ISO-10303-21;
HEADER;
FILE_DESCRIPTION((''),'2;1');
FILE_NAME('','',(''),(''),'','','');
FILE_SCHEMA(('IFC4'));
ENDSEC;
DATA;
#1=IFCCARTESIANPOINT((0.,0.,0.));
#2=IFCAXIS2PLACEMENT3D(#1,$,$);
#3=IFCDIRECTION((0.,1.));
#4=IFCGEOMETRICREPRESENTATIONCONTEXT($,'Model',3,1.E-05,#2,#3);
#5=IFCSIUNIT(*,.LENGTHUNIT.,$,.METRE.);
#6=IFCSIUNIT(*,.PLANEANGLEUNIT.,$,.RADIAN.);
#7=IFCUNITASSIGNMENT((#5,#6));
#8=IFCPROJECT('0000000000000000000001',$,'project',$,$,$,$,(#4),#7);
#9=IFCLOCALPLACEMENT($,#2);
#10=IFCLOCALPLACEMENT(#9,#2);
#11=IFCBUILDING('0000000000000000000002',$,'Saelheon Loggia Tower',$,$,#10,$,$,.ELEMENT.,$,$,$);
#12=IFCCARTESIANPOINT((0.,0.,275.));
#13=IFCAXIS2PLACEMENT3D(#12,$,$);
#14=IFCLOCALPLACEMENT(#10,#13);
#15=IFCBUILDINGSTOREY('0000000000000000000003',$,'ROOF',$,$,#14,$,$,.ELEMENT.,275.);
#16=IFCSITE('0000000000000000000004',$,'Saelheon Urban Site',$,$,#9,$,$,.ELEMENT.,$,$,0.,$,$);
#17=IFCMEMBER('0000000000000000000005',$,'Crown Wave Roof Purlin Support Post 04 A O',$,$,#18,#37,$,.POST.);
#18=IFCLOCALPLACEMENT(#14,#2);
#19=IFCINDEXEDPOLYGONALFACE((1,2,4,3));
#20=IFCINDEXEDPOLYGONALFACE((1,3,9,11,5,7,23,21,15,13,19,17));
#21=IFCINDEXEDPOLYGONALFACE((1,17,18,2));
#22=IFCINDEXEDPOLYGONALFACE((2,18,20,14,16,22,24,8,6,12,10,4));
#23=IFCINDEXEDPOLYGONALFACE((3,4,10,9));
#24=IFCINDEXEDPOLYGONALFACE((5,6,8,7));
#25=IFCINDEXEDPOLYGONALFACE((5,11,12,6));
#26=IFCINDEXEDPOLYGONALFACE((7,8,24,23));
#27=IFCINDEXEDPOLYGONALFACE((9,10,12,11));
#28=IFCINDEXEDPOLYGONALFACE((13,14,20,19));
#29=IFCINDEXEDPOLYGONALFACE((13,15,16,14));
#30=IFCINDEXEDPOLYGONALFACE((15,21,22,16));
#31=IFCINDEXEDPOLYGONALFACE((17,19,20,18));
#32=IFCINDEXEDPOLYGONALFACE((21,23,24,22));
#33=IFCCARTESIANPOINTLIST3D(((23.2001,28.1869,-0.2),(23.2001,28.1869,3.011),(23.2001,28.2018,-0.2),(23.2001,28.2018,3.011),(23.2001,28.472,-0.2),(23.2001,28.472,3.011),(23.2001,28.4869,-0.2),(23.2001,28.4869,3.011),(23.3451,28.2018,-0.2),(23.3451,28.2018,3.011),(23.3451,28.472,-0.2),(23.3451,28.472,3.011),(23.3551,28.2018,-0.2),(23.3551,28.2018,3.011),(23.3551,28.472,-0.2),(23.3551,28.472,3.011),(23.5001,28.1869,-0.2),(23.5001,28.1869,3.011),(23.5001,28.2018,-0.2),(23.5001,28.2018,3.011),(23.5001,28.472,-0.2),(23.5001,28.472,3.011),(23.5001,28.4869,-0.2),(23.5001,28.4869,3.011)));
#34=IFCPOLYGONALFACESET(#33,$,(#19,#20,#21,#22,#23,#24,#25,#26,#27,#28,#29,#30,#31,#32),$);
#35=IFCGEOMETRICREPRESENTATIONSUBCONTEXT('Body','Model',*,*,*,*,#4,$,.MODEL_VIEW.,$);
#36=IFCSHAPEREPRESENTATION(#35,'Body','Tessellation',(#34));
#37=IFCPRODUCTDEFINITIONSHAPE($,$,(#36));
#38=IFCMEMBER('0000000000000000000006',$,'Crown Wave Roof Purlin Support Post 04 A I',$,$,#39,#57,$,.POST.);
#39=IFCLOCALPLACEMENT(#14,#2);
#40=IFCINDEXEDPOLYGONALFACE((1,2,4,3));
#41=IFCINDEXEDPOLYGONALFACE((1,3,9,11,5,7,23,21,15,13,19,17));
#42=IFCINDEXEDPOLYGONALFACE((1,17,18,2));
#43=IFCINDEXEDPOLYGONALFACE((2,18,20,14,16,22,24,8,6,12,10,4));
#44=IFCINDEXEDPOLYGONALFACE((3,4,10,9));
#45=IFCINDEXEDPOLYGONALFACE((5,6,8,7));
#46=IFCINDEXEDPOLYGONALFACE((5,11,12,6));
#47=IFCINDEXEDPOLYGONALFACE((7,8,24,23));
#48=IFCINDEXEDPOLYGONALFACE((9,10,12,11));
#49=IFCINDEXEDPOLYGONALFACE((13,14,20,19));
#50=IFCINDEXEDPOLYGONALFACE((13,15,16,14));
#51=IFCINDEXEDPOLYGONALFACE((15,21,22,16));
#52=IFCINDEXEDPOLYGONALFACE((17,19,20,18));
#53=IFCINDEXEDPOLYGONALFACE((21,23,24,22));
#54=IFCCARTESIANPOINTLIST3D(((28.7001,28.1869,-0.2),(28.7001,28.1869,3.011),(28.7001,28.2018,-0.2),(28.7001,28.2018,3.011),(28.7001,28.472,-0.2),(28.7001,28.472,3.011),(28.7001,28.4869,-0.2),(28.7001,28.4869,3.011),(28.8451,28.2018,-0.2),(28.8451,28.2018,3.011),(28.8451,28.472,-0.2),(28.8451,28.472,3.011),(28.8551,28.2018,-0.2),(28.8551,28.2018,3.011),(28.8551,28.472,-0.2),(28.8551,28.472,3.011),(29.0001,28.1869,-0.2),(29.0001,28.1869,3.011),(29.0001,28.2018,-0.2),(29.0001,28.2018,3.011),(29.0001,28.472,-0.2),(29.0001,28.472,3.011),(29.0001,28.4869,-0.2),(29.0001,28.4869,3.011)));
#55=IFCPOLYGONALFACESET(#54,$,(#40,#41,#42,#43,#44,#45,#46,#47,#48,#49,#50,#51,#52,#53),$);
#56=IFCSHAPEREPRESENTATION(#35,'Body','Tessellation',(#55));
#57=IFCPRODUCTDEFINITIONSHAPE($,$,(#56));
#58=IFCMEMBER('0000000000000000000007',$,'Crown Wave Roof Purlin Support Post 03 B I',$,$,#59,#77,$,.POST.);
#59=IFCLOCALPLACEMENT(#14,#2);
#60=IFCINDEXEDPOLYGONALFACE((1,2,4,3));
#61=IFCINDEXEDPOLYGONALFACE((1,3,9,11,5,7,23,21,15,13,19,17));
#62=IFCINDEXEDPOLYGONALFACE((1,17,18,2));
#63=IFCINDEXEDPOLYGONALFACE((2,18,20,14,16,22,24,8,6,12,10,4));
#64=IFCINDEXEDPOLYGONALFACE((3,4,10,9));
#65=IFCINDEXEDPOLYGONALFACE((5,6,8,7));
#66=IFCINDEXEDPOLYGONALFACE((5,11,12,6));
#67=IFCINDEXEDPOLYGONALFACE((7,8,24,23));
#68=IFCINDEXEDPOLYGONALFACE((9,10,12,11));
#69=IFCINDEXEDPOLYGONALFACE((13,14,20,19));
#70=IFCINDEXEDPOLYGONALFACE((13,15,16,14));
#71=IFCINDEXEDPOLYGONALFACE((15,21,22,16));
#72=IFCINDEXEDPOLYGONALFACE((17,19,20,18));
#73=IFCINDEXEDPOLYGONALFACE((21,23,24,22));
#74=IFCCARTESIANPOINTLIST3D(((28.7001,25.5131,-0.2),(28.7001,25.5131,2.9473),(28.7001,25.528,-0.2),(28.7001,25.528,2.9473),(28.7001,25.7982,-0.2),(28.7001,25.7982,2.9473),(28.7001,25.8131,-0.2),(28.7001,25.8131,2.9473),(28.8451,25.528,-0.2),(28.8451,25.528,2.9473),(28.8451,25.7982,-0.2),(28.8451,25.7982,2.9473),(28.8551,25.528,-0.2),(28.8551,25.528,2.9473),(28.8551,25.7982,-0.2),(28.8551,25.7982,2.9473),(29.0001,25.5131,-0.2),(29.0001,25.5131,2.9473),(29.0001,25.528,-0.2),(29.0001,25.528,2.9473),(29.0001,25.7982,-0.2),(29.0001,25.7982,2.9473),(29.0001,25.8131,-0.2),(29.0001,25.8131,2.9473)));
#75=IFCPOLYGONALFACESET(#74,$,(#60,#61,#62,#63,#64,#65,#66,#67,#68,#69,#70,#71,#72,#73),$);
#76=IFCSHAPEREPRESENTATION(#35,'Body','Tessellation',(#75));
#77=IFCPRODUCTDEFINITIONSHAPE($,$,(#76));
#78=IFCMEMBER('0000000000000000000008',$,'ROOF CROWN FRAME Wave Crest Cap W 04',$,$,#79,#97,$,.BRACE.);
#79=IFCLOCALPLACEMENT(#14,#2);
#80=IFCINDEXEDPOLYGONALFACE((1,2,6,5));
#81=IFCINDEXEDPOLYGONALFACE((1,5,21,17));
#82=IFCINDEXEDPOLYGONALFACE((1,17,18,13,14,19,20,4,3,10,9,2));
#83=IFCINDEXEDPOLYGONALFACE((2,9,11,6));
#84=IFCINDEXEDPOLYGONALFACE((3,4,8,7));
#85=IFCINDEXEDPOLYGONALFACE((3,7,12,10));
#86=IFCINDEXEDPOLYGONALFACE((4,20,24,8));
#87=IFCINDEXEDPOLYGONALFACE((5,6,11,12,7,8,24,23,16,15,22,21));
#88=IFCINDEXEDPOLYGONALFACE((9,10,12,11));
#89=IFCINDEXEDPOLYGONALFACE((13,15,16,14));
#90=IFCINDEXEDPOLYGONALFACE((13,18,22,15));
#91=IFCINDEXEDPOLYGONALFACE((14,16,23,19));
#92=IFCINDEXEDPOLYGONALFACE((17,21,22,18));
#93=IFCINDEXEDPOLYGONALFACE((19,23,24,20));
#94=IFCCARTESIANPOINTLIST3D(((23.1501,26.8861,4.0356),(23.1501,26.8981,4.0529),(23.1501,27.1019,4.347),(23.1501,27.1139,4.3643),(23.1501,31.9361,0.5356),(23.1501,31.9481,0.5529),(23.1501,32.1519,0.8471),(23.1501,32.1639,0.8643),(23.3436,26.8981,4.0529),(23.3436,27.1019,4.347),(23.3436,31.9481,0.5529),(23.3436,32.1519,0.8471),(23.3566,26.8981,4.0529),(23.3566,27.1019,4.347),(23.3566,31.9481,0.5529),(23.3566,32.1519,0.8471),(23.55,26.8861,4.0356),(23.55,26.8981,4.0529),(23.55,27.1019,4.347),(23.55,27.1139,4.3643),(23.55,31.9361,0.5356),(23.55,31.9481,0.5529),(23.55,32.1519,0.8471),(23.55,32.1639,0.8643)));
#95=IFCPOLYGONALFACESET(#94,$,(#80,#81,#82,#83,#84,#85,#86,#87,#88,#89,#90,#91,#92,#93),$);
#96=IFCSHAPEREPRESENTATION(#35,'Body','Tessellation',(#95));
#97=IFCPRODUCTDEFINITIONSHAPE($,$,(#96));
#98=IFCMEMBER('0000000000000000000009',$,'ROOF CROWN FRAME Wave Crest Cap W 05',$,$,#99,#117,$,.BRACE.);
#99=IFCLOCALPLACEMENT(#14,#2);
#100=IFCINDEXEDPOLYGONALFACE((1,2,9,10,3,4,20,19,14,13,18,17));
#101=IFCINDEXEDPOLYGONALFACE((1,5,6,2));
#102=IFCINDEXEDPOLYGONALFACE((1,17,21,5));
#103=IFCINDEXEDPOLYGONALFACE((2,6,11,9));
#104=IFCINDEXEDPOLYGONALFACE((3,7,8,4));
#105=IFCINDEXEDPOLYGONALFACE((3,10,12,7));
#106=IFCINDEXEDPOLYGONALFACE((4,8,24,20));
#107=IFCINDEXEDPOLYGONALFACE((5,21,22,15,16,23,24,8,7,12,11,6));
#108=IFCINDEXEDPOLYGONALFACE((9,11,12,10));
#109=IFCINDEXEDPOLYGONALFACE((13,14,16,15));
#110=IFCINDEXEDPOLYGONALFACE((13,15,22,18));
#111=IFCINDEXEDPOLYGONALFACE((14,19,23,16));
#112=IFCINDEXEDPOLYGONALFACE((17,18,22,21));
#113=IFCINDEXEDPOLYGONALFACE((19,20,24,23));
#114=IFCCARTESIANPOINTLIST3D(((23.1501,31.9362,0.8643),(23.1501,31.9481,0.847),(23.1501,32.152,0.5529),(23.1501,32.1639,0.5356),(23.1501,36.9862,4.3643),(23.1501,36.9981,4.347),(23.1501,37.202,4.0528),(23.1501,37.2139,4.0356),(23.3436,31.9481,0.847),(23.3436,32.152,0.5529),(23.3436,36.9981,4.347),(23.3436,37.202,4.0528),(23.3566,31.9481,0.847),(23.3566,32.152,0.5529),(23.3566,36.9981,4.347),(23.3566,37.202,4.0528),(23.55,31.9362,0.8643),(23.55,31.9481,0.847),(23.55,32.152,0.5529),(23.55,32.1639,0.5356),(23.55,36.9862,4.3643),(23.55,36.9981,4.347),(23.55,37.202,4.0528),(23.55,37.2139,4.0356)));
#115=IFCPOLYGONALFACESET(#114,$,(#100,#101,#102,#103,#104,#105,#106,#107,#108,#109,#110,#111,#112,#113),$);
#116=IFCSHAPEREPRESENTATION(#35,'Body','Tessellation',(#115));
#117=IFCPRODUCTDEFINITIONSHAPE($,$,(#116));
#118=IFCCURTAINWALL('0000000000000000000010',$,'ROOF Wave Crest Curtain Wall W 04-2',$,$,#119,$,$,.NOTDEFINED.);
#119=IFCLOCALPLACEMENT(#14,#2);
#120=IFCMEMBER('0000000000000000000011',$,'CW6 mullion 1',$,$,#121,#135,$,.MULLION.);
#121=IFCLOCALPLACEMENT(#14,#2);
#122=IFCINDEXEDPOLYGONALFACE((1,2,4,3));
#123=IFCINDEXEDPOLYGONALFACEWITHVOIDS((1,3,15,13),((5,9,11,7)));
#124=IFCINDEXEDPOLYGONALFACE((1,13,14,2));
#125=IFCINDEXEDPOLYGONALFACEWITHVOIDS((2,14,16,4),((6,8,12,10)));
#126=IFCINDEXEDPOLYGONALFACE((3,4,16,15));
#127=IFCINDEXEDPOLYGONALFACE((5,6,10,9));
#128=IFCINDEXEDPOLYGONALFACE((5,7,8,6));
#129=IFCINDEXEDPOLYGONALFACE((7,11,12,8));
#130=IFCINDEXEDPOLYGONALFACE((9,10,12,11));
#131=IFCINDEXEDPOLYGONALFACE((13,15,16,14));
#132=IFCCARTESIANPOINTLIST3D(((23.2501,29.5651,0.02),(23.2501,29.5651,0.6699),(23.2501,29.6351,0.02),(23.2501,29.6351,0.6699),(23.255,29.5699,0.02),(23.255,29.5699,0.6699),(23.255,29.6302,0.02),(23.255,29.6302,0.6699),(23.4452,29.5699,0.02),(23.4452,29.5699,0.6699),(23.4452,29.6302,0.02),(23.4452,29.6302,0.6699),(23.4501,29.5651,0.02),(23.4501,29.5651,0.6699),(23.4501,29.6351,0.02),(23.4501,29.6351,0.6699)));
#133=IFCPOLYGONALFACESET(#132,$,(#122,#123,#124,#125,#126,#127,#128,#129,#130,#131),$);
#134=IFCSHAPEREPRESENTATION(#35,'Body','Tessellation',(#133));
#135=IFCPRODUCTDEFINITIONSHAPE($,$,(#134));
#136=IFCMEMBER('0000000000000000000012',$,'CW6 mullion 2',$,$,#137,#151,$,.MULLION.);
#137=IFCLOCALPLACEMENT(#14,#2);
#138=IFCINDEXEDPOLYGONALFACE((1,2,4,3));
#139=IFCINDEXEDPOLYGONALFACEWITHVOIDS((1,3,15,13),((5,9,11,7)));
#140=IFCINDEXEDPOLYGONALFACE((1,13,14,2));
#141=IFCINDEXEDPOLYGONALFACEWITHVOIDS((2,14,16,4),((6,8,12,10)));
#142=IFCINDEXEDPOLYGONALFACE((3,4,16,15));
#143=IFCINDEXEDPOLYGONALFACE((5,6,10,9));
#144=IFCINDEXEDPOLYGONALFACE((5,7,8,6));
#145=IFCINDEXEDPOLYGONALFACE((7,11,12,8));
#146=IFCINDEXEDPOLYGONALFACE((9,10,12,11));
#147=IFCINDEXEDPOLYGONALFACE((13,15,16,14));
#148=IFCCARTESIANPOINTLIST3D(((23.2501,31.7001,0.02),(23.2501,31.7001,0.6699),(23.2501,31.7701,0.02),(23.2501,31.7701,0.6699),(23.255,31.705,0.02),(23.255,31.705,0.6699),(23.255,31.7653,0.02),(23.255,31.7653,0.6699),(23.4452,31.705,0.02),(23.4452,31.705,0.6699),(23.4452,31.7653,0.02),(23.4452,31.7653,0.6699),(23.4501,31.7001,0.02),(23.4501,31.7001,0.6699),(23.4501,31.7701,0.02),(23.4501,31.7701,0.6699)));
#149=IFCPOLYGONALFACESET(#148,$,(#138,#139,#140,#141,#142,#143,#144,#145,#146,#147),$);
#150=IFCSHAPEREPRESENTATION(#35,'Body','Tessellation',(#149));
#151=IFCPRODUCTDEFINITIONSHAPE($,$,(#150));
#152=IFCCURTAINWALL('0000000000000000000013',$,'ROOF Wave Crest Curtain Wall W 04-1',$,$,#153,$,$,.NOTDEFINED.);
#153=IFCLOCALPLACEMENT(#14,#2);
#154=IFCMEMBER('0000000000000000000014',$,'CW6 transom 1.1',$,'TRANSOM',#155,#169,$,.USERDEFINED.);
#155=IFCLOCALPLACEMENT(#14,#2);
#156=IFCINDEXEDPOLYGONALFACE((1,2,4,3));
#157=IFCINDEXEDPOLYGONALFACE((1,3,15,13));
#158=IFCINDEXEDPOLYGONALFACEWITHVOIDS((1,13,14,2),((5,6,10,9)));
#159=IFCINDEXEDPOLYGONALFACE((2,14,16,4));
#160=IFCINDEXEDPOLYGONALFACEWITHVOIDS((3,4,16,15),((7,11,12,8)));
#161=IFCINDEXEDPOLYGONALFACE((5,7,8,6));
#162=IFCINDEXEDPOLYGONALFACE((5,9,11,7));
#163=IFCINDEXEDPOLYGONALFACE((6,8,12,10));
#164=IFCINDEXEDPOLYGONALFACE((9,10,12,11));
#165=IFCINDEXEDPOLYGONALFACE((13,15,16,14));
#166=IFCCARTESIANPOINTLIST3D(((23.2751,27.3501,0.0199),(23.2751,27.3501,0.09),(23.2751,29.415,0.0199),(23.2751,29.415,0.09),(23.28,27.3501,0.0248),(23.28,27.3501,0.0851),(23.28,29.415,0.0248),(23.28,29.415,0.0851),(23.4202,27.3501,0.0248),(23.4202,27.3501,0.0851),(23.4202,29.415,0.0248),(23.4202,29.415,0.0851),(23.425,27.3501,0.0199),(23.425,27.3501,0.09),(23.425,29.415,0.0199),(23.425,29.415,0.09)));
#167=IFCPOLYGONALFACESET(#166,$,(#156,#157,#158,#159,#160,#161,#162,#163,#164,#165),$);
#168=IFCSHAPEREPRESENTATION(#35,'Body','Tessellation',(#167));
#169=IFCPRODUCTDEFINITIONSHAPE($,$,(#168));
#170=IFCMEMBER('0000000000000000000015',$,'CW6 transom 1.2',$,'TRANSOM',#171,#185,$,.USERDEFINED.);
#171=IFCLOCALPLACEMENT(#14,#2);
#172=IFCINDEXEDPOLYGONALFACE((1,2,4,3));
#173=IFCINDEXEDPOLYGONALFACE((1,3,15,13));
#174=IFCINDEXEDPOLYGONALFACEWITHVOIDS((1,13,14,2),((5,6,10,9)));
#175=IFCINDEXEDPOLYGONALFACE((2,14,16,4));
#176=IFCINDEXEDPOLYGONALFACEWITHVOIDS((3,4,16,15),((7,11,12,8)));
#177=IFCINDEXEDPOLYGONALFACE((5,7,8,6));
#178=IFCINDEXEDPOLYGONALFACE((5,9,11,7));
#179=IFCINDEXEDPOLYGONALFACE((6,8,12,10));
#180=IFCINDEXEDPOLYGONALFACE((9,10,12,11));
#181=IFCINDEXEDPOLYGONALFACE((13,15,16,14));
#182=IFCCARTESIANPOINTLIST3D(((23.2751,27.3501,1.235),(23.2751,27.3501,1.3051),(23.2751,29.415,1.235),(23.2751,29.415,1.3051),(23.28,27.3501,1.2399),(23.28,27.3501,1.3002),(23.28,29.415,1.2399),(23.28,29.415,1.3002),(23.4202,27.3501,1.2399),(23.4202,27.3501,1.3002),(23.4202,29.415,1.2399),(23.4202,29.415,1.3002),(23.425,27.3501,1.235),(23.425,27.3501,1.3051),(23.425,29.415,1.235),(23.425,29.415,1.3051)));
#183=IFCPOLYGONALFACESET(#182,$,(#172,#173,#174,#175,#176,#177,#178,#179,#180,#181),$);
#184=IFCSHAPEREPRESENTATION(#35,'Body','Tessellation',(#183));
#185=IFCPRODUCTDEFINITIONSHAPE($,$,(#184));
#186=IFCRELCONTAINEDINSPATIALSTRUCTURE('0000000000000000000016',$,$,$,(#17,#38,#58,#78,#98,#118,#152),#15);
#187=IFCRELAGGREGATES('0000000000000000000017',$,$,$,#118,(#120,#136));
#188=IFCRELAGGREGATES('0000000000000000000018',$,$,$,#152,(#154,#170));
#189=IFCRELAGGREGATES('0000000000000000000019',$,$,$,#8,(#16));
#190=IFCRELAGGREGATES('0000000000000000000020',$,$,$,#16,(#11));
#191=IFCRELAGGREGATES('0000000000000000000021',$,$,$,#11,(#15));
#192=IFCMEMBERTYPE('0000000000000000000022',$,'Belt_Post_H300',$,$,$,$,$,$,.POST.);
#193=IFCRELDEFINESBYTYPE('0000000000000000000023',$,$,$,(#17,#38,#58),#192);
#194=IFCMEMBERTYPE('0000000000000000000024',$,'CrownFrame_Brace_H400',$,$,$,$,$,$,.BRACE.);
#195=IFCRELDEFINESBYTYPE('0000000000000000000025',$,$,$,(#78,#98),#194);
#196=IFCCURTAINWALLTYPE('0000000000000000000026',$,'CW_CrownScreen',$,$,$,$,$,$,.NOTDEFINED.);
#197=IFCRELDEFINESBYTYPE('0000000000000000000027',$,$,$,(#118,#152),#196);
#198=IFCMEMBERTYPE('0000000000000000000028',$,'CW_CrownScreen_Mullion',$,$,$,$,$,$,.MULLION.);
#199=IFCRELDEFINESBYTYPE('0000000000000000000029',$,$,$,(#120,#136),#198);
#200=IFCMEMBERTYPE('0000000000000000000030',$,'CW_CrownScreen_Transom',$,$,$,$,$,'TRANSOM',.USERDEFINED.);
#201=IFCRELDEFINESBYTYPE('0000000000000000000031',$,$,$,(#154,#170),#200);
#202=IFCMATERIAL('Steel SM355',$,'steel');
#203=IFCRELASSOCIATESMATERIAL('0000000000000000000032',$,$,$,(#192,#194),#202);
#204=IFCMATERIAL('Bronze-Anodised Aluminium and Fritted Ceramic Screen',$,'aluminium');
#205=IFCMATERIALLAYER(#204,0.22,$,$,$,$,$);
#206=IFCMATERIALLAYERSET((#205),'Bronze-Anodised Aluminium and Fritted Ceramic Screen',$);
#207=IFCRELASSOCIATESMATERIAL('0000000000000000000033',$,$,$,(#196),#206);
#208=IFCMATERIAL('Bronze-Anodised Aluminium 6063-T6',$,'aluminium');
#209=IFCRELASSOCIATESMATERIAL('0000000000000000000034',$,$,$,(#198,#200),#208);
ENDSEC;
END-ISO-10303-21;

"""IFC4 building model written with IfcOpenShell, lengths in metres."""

from ifc_helpers import new_model, si_unit, direction, frame, origin, origin_2d, place, context, subcontext, project, spatial, hollow_rectangle, i_section, extrude, source, transform, mapped, material, layer, layer_set, material_profile, profile_set, type_object, element, aggregate, save


model = new_model("IFC4")

# Units and contexts
model_context = context("Model", 3, precision=1e-05, world=origin(), true_north=direction((0.0, 1.0)))
body_context = subcontext(model_context, "Body", "Model", "MODEL_VIEW")
ifc_project = project(units=[si_unit("LENGTHUNIT", "METRE"), si_unit("PLANEANGLEUNIT", "RADIAN")], contexts=[model_context])

# Site, building, storey
site_placement = place(None, origin())
site = spatial("IfcSite", under=ifc_project, at=site_placement, Name="Saelheon Urban Site", CompositionType="ELEMENT", RefElevation=0.0)
building_placement = place(site_placement, origin())
building = spatial("IfcBuilding", under=site, at=building_placement, Name="Saelheon Loggia Tower", CompositionType="ELEMENT")
storey_placement = place(building_placement, frame((0.0, 0.0, 275.0)))
storey = spatial("IfcBuildingStorey", under=building, at=storey_placement, Name="ROOF", CompositionType="ELEMENT", Elevation=275.0)

# Members
ifc_material_1 = material(Name="Steel SM355", Category="steel")
ifc_material_profile_1 = material_profile(ifc_material_1, i_section(OverallWidth=0.3, OverallDepth=0.3, WebThickness=0.01, FlangeThickness=0.0149, at=origin_2d()), Name="H-300x300x10x15")
ifc_profile_set_1 = profile_set([ifc_material_profile_1], Name="Steel SM355")
member_type_1 = type_object("IfcMemberType", Name="Belt_Post_H300", PredefinedType="POST", material=ifc_profile_set_1)
shared_shape_1 = source(origin(), body_context, "Body", "SweptSolid", [
    extrude(i_section(OverallWidth=0.3, OverallDepth=0.3, WebThickness=0.01, FlangeThickness=0.0149, at=origin_2d()), origin(), (0.0, 0.0, 1.0), 3.2109),
])
for number, where, z_axis, x_axis, name in (
    (1, (23.3501, 28.3369, -0.2), (0.0, 0.0, 1.0), (1.0, 0.0, 0.0), "Crown Wave Roof Purlin Support Post 04 A O"),
    (2, (28.8501, 28.3369, -0.2), (0.0, 0.0, 1.0), (1.0, 0.0, 0.0), "Crown Wave Roof Purlin Support Post 04 A I"),
):
    element("IfcMember", number, at=place(storey_placement, frame(where, z_axis=z_axis, x_axis=x_axis)), inside=storey, type_object=member_type_1, Name=name, PredefinedType="POST", context=body_context, shape_type="MappedRepresentation", body=[
        mapped(shared_shape_1, transform((0.0, 0.0, 0.0), scale=1.0)),
    ])
shared_shape_2 = source(origin(), body_context, "Body", "SweptSolid", [
    extrude(i_section(OverallWidth=0.3, OverallDepth=0.3, WebThickness=0.01, FlangeThickness=0.0149, at=origin_2d()), origin(), (0.0, 0.0, 1.0), 3.1472),
])
member_1_placement = place(storey_placement, frame((28.8501, 25.6631, -0.2), z_axis=(0.0, 0.0, 1.0), x_axis=(1.0, 0.0, 0.0)))
element("IfcMember", 3, at=member_1_placement, inside=storey, type_object=member_type_1, Name="Crown Wave Roof Purlin Support Post 03 B I", PredefinedType="POST", context=body_context, shape_type="MappedRepresentation", body=[
    mapped(shared_shape_2, transform((0.0, 0.0, 0.0), scale=1.0)),
])
ifc_material_profile_2 = material_profile(ifc_material_1, i_section(OverallWidth=0.3999, OverallDepth=0.3999, WebThickness=0.0129, FlangeThickness=0.021, at=origin_2d()), Name="H-400x400x13x21")
ifc_profile_set_2 = profile_set([ifc_material_profile_2], Name="Steel SM355")
member_type_2 = type_object("IfcMemberType", Name="CrownFrame_Brace_H400", PredefinedType="BRACE", material=ifc_profile_set_2)
shared_shape_3 = source(origin(), body_context, "Body", "SweptSolid", [
    extrude(i_section(OverallWidth=0.3999, OverallDepth=0.3999, WebThickness=0.0129, FlangeThickness=0.021, at=origin_2d()), origin(), (0.0, 0.0, 1.0), 6.1443),
])
for number, where, z_axis, x_axis, name in (
    (4, (23.3501, 27.0, 4.2), (0.0, 0.821902, -0.569629), (-1.0, 0.0, 0.0), "ROOF CROWN FRAME Wave Crest Cap W 04"),
    (5, (23.3501, 32.05, 0.7), (0.0, 0.821902, 0.569629), (-1.0, 0.0, 0.0), "ROOF CROWN FRAME Wave Crest Cap W 05"),
):
    element("IfcMember", number, at=place(storey_placement, frame(where, z_axis=z_axis, x_axis=x_axis)), inside=storey, type_object=member_type_2, Name=name, PredefinedType="BRACE", context=body_context, shape_type="MappedRepresentation", body=[
        mapped(shared_shape_3, transform((0.0, 0.0, 0.0), scale=1.0)),
    ])

# Curtain walls, members
ifc_material_2 = material(Name="Bronze-Anodised Aluminium and Fritted Ceramic Screen", Category="aluminium")
ifc_layer_1 = layer(ifc_material_2, 0.22)
ifc_layer_set_1 = layer_set([ifc_layer_1], Name="Bronze-Anodised Aluminium and Fritted Ceramic Screen")
curtain_wall_type = type_object("IfcCurtainWallType", Name="CW_CrownScreen", PredefinedType="NOTDEFINED", material=ifc_layer_set_1)
curtain_wall_1_placement = place(storey_placement, origin())
curtain_wall_1 = element("IfcCurtainWall", 6, at=curtain_wall_1_placement, inside=storey, type_object=curtain_wall_type, Name="ROOF Wave Crest Curtain Wall W 04-2", PredefinedType="NOTDEFINED")
ifc_material_3 = material(Name="Bronze-Anodised Aluminium 6063-T6", Category="aluminium")
ifc_material_profile_3 = material_profile(ifc_material_3, hollow_rectangle(XDim=0.0701, YDim=0.2, WallThickness=0.0049, at=origin_2d()), Name="RHS-200x70x5")
ifc_profile_set_3 = profile_set([ifc_material_profile_3], Name="Bronze-Anodised Aluminium 6063-T6")
member_type_3 = type_object("IfcMemberType", Name="CW_CrownScreen_Mullion", PredefinedType="MULLION", material=ifc_profile_set_3)
shared_shape_4 = source(origin(), body_context, "Body", "SweptSolid", [
    extrude(hollow_rectangle(XDim=0.0701, YDim=0.2, WallThickness=0.0049, at=origin_2d()), origin(), (0.0, 0.0, 1.0), 0.6499),
])
member_2_placement = place(storey_placement, frame((23.3501, 29.6001, 0.02), z_axis=(0.0, 0.0, 1.0), x_axis=(0.0, 1.0, 0.0)))
member_2 = element("IfcMember", 7, at=member_2_placement, type_object=member_type_3, Name="CW6 mullion 1", PredefinedType="MULLION", context=body_context, shape_type="MappedRepresentation", body=[
    mapped(shared_shape_4, transform((0.0, 0.0, 0.0), scale=1.0)),
])
member_3_placement = place(storey_placement, frame((23.3501, 31.7351, 0.02), z_axis=(0.0, 0.0, 1.0), x_axis=(0.0, 1.0, 0.0)))
member_3 = element("IfcMember", 8, at=member_3_placement, type_object=member_type_3, Name="CW6 mullion 2", PredefinedType="MULLION", context=body_context, shape_type="MappedRepresentation", body=[
    mapped(shared_shape_4, transform((0.0, 0.0, 0.0), scale=1.0)),
])
curtain_wall_2_placement = place(storey_placement, origin())
curtain_wall_2 = element("IfcCurtainWall", 9, at=curtain_wall_2_placement, inside=storey, type_object=curtain_wall_type, Name="ROOF Wave Crest Curtain Wall W 04-1", PredefinedType="NOTDEFINED")
ifc_material_profile_4 = material_profile(ifc_material_3, hollow_rectangle(XDim=0.0701, YDim=0.1499, WallThickness=0.0049, at=origin_2d()), Name="RHS-150x70x5")
ifc_profile_set_4 = profile_set([ifc_material_profile_4], Name="Bronze-Anodised Aluminium 6063-T6")
member_type_4 = type_object("IfcMemberType", Name="CW_CrownScreen_Transom", ElementType="TRANSOM", PredefinedType="USERDEFINED", material=ifc_profile_set_4)
shared_shape_5 = source(origin(), body_context, "Body", "SweptSolid", [
    extrude(hollow_rectangle(XDim=0.0701, YDim=0.1499, WallThickness=0.0049, at=origin_2d()), origin(), (0.0, 0.0, 1.0), 2.0649),
])
member_4_placement = place(storey_placement, frame((23.3501, 27.3501, 0.0549), z_axis=(0.0, 1.0, 0.0), x_axis=(0.0, 0.0, 1.0)))
member_4 = element("IfcMember", 10, at=member_4_placement, type_object=member_type_4, Name="CW6 transom 1.1", ObjectType="TRANSOM", PredefinedType="USERDEFINED", context=body_context, shape_type="MappedRepresentation", body=[
    mapped(shared_shape_5, transform((0.0, 0.0, 0.0), scale=1.0)),
])
member_5_placement = place(storey_placement, frame((23.3501, 27.3501, 1.27), z_axis=(0.0, 1.0, 0.0), x_axis=(0.0, 0.0, 1.0)))
member_5 = element("IfcMember", 11, at=member_5_placement, type_object=member_type_4, Name="CW6 transom 1.2", ObjectType="TRANSOM", PredefinedType="USERDEFINED", context=body_context, shape_type="MappedRepresentation", body=[
    mapped(shared_shape_5, transform((0.0, 0.0, 0.0), scale=1.0)),
])

aggregate(curtain_wall_1, [member_2, member_3])
aggregate(curtain_wall_2, [member_4, member_5])

save(model, "model.ifc")
